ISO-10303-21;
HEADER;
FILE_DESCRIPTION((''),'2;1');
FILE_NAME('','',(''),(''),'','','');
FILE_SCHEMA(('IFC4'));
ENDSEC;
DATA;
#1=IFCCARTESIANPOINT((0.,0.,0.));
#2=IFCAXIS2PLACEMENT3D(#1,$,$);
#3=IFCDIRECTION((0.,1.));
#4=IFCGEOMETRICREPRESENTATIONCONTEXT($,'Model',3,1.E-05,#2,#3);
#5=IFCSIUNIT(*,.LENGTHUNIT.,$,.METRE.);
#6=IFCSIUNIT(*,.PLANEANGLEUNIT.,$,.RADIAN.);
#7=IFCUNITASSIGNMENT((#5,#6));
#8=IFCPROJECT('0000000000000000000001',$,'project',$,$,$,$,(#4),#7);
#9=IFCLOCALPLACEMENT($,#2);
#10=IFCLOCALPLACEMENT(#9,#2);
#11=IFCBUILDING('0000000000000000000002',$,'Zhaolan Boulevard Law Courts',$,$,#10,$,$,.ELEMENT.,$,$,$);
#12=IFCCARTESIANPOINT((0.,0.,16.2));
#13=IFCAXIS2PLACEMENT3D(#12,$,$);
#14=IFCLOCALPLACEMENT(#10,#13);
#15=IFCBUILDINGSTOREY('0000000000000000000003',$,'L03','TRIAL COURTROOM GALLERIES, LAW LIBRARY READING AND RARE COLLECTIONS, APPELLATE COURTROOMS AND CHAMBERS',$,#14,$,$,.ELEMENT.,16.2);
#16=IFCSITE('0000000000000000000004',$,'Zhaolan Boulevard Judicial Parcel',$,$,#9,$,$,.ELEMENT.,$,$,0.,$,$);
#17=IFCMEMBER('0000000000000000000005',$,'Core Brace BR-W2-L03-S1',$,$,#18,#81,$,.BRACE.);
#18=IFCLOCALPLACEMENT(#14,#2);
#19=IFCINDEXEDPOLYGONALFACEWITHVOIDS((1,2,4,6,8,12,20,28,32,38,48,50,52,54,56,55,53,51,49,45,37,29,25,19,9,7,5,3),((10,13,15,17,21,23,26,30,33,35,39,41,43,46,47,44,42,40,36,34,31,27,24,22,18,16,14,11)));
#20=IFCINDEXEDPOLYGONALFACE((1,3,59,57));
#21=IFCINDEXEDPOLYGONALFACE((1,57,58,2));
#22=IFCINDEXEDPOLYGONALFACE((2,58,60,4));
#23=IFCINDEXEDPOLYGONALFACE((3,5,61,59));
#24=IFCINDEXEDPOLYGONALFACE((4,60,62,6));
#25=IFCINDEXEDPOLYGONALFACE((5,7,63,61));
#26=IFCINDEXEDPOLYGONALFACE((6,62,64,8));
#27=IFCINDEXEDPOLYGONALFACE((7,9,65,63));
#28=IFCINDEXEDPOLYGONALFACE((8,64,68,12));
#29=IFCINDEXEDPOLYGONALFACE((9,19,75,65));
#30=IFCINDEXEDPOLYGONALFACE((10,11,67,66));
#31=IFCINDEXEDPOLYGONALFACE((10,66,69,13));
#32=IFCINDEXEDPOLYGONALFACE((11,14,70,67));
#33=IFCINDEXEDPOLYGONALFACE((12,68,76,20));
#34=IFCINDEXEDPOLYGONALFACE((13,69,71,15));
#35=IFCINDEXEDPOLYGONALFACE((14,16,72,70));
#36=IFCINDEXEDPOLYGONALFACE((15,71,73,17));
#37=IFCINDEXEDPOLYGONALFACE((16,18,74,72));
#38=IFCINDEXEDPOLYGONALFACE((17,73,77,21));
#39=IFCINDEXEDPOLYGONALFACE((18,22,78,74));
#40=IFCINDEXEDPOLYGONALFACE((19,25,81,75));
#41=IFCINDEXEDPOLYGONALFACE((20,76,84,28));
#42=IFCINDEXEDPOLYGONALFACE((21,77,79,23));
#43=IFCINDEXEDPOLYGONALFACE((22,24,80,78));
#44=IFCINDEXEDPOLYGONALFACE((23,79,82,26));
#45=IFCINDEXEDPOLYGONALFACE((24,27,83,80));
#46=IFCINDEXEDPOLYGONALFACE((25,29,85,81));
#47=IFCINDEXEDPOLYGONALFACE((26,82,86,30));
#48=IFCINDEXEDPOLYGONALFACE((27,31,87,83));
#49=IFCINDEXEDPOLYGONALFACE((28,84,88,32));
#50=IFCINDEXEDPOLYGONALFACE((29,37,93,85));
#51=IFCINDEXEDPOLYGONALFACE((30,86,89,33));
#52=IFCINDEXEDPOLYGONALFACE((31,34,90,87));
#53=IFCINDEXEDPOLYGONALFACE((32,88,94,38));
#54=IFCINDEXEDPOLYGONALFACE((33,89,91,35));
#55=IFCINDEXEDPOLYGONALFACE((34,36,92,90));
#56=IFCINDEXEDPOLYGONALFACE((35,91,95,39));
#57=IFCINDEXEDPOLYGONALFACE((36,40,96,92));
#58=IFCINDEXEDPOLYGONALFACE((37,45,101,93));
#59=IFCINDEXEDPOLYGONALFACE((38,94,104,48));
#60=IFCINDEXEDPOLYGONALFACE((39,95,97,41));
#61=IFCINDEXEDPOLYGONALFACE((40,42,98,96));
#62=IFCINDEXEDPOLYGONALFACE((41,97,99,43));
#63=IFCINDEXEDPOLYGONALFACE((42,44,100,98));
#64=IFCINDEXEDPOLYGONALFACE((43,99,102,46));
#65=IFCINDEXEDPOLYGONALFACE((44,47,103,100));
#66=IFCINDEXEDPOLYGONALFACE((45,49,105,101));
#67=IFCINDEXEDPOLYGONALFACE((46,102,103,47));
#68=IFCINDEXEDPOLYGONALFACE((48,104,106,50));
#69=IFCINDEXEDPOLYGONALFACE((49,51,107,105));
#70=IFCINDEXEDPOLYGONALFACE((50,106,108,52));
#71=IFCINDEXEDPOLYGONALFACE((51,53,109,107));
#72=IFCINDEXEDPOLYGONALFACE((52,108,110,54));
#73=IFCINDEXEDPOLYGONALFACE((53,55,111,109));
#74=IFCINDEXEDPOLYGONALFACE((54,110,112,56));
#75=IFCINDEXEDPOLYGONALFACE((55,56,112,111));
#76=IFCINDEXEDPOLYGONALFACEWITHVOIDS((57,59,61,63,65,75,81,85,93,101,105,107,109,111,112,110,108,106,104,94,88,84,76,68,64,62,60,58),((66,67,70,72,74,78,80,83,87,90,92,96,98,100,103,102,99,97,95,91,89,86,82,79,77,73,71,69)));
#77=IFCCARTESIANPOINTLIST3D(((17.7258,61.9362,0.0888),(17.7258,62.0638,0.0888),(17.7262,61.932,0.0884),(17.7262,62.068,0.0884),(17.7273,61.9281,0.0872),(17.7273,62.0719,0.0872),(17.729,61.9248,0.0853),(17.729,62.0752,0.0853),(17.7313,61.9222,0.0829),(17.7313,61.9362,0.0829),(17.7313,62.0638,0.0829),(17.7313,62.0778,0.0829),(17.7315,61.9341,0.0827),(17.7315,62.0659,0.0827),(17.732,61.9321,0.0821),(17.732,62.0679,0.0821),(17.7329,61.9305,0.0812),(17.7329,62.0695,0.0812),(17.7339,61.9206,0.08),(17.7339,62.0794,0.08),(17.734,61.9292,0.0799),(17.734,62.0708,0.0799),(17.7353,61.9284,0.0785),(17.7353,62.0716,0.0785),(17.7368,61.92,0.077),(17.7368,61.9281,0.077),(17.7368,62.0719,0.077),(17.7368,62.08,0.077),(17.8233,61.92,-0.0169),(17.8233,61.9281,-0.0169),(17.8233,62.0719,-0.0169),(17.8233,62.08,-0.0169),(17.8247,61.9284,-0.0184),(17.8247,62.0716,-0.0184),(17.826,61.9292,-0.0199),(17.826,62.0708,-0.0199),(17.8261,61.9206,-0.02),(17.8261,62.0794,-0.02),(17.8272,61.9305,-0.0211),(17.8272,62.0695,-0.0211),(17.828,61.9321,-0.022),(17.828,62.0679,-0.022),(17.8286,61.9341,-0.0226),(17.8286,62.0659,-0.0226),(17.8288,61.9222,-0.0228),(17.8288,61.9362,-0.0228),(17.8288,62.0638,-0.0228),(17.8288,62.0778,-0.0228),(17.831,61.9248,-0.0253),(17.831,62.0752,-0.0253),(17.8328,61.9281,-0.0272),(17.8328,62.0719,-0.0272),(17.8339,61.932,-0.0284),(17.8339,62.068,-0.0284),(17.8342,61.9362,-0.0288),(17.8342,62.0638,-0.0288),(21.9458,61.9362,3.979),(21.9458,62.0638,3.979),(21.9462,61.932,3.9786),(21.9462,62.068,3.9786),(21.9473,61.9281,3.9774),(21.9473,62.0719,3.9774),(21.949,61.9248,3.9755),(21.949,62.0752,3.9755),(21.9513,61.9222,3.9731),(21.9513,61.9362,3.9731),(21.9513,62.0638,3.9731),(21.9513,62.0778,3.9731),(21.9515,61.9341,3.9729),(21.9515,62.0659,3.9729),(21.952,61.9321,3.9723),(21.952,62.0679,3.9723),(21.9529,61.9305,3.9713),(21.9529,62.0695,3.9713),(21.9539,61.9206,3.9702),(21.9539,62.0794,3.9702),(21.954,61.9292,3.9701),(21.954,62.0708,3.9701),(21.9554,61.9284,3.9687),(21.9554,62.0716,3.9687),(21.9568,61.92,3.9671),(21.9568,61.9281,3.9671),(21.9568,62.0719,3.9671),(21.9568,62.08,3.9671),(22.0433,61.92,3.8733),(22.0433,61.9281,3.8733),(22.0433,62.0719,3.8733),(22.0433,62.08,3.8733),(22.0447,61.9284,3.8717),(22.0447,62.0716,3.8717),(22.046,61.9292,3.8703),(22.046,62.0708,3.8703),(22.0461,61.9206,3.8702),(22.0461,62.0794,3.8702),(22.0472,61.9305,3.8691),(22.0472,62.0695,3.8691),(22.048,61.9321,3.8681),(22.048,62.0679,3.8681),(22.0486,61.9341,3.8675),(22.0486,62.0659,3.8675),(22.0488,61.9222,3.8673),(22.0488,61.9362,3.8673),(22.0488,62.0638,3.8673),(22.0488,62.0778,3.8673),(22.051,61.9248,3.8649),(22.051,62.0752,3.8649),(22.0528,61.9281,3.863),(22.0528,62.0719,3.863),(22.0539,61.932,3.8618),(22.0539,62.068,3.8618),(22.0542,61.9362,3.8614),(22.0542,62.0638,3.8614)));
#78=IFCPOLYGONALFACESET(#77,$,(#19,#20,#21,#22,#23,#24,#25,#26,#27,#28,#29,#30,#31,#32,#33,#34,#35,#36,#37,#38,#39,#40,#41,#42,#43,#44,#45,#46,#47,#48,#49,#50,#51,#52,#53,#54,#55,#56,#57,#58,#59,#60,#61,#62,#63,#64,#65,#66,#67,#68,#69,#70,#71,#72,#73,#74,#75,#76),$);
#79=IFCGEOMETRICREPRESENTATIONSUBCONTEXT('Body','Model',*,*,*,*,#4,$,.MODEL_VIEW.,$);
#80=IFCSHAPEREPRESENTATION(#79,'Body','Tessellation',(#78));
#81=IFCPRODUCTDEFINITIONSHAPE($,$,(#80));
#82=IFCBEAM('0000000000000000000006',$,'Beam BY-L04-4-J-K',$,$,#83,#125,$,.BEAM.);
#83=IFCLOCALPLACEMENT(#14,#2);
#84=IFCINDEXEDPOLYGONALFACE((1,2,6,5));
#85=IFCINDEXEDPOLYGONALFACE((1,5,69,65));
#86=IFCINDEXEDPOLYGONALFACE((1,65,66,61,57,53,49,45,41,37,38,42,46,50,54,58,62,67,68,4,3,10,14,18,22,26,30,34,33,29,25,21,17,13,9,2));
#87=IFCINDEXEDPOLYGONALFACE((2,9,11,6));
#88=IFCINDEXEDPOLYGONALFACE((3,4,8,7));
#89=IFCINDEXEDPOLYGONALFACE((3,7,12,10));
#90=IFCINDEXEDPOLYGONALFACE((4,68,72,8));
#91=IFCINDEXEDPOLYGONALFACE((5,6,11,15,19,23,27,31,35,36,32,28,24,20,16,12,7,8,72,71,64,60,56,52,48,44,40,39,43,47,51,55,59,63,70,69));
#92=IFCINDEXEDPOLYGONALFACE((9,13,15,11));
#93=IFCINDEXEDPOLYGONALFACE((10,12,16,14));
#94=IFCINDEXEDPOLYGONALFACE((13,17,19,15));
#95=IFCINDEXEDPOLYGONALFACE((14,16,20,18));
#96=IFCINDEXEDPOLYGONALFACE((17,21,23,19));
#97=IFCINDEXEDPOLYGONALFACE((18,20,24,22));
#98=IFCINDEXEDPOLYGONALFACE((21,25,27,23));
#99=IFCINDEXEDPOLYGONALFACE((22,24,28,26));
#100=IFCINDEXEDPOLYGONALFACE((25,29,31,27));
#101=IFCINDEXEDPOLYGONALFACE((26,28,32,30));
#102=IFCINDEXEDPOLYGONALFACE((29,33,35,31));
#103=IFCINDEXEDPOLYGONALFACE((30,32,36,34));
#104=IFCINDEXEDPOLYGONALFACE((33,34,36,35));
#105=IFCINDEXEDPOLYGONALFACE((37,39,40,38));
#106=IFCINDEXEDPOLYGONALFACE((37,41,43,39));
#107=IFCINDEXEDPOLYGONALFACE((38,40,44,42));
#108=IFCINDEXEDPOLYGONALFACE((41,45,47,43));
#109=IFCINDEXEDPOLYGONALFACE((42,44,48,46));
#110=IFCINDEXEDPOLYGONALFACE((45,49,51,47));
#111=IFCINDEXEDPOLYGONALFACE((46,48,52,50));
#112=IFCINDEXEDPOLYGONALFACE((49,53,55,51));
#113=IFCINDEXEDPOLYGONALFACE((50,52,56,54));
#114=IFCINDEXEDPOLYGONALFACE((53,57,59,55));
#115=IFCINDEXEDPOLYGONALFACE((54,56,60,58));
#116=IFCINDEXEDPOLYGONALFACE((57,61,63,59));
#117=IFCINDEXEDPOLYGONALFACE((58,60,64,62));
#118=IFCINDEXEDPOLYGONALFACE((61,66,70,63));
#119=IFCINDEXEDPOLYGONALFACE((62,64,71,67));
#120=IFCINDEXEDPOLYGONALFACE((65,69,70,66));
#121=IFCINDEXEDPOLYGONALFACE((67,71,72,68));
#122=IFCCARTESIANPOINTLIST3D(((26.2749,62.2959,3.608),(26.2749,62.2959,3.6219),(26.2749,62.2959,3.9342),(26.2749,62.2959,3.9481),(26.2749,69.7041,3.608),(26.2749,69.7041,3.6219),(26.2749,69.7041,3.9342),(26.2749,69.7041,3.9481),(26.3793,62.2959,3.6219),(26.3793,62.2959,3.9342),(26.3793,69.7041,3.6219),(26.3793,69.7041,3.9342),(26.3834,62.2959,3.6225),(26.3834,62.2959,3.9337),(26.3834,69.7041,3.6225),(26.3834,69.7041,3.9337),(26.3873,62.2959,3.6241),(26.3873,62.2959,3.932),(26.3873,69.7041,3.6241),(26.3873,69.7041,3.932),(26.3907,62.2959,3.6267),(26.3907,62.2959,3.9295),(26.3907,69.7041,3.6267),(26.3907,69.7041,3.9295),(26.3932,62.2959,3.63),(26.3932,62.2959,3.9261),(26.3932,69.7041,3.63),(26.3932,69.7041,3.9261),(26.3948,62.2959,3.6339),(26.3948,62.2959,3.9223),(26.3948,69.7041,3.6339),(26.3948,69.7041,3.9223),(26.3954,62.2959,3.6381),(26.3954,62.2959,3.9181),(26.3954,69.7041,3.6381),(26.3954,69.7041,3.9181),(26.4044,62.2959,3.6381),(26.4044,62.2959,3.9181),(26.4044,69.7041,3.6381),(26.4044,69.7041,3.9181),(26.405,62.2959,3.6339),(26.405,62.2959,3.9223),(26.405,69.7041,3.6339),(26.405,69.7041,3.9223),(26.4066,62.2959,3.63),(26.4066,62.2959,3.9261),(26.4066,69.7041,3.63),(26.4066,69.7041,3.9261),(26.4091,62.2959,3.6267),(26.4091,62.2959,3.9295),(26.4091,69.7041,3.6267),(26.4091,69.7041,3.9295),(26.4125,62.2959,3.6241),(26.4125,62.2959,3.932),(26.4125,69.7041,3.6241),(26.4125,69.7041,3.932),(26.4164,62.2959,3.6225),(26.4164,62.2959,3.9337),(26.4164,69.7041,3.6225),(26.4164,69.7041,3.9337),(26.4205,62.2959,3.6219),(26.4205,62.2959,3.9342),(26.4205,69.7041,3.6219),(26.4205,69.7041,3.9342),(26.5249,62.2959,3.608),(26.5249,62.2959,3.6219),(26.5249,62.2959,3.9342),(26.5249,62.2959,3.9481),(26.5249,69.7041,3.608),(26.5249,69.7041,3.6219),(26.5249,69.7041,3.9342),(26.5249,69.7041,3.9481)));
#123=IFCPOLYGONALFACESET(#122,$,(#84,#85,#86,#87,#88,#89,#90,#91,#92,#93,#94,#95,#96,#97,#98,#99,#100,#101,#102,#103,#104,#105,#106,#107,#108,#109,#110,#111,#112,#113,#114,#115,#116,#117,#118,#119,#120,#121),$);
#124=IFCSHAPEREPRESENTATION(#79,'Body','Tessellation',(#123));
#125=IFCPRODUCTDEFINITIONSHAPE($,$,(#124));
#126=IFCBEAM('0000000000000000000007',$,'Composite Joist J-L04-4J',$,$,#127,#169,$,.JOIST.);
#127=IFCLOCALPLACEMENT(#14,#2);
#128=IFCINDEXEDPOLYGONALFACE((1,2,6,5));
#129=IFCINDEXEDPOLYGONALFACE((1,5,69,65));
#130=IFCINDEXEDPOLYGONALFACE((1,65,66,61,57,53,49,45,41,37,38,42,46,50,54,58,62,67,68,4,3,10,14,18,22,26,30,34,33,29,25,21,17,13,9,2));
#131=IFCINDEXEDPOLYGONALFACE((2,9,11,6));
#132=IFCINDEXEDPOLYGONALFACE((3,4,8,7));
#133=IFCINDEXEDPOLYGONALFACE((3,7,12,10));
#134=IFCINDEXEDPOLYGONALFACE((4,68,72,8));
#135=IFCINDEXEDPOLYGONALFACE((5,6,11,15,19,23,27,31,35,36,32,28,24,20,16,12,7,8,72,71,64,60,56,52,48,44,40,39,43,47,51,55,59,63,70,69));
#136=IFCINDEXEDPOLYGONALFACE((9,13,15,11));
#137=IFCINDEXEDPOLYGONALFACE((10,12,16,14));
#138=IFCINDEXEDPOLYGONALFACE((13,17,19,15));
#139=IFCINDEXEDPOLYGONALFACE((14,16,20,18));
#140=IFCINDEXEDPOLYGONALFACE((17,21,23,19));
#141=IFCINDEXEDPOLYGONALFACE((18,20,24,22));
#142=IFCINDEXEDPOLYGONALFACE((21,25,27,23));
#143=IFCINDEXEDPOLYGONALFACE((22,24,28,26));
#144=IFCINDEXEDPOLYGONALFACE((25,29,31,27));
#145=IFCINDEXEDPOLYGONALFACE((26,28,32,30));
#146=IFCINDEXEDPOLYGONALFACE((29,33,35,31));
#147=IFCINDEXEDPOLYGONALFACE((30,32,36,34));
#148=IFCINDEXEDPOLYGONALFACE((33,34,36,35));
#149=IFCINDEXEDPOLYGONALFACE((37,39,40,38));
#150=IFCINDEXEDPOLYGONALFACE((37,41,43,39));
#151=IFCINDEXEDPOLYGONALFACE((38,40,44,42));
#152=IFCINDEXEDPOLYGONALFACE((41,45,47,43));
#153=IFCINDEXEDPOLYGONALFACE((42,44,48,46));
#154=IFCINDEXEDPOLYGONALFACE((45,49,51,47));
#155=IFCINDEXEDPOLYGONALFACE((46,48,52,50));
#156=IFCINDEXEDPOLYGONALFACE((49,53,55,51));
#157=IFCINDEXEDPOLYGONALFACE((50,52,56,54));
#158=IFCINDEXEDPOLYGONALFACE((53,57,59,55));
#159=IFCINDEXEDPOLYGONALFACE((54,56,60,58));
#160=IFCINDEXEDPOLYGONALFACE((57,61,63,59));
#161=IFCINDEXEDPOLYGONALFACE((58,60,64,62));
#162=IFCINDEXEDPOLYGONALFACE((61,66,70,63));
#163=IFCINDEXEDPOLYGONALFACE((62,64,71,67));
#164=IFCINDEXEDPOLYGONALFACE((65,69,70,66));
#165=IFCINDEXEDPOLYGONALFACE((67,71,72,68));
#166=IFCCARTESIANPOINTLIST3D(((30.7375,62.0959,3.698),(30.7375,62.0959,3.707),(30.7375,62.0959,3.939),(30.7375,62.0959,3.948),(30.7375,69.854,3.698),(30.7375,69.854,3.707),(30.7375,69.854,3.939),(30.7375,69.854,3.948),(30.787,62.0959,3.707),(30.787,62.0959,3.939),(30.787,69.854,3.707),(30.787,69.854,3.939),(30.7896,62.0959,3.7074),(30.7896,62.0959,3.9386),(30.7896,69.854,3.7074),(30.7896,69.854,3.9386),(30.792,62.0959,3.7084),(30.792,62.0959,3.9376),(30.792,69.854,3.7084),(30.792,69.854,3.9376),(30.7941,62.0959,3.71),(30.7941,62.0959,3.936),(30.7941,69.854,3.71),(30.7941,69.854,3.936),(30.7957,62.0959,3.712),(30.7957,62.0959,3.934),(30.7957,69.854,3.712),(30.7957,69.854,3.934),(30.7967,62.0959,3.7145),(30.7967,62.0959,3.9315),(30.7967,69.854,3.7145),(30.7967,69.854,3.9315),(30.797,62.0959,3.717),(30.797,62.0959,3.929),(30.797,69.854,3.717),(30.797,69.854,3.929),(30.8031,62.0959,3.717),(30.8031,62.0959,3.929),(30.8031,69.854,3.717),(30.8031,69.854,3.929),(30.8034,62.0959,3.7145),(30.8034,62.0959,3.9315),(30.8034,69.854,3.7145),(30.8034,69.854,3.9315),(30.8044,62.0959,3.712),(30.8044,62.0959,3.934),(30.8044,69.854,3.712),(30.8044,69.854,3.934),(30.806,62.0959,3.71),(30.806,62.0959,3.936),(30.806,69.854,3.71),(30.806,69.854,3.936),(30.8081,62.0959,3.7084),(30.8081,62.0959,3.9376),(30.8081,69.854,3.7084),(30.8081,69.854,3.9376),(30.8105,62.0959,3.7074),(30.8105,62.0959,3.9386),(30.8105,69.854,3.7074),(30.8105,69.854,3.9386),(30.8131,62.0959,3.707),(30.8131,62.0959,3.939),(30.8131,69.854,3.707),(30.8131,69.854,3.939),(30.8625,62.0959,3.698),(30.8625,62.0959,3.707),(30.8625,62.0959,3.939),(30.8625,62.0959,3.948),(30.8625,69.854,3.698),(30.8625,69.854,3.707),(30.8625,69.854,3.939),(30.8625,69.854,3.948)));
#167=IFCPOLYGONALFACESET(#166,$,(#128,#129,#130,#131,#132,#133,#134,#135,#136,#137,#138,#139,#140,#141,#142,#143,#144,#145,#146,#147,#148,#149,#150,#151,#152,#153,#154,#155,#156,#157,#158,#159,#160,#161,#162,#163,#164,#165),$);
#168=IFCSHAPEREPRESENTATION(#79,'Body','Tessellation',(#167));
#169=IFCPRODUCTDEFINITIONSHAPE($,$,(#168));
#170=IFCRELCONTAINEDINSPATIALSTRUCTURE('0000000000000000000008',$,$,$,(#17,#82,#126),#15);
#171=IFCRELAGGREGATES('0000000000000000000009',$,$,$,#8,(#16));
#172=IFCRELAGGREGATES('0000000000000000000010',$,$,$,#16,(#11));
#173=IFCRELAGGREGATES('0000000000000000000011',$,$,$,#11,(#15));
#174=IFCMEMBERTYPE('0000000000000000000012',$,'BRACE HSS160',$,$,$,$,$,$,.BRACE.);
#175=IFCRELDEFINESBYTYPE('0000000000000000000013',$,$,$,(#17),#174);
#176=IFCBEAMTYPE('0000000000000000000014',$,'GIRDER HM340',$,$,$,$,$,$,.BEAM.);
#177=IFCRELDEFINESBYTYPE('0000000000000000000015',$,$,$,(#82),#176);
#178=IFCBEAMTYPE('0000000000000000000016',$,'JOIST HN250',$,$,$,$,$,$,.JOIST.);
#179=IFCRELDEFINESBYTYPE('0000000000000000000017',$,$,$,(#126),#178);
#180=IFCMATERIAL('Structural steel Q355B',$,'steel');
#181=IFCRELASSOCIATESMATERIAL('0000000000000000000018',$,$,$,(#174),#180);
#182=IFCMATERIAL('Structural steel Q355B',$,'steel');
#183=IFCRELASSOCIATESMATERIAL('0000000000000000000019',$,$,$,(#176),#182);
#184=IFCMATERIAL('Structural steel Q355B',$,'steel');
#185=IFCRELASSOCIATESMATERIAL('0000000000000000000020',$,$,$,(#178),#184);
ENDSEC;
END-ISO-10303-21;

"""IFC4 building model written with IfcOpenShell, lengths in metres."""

from ifc_helpers import new_model, si_unit, direction, frame, origin, origin_2d, place, context, subcontext, project, spatial, hollow_rectangle, i_section, extrude, material, material_profile, profile_set, type_object, element, save


model = new_model("IFC4")

# Units and contexts
model_context = context("Model", 3, precision=1e-05, world=origin(), true_north=direction((0.0, 1.0)))
body_context = subcontext(model_context, "Body", "Model", "MODEL_VIEW")
ifc_project = project(units=[si_unit("LENGTHUNIT", "METRE"), si_unit("PLANEANGLEUNIT", "RADIAN")], contexts=[model_context])

# Site, building, storey
site_placement = place(None, origin())
site = spatial("IfcSite", under=ifc_project, at=site_placement, Name="Zhaolan Boulevard Judicial Parcel", CompositionType="ELEMENT", RefElevation=0.0)
building_placement = place(site_placement, origin())
building = spatial("IfcBuilding", under=site, at=building_placement, Name="Zhaolan Boulevard Law Courts", CompositionType="ELEMENT")
storey_placement = place(building_placement, frame((0.0, 0.0, 16.2)))
storey = spatial("IfcBuildingStorey", under=building, at=storey_placement, Name="L03", Description="TRIAL COURTROOM GALLERIES, LAW LIBRARY READING AND RARE COLLECTIONS, APPELLATE COURTROOMS AND CHAMBERS", CompositionType="ELEMENT", Elevation=16.2)

# Member
ifc_material_1 = material(Name="Structural steel Q355B", Category="steel")
ifc_material_profile_1 = material_profile(ifc_material_1, hollow_rectangle(XDim=0.1599, YDim=0.1599, WallThickness=0.0081, InnerFilletRadius=0.0081, OuterFilletRadius=0.0161, at=origin_2d()), Name="HSS160x160x8")
ifc_profile_set_1 = profile_set([ifc_material_profile_1], Name="Structural steel Q355B")
member_type_1 = type_object("IfcMemberType", Name="BRACE HSS160", PredefinedType="BRACE", material=ifc_profile_set_1)
member_1_placement = place(storey_placement, frame((17.78, 62.0, 0.03), z_axis=(0.735257, 0.0, 0.677789), x_axis=(0.0, 1.0, 0.0)))
element("IfcMember", 1, at=member_1_placement, inside=storey, type_object=member_type_1, Name="Core Brace BR-W2-L03-S1", PredefinedType="BRACE", context=body_context, shape_type="SweptSolid", body=[
    extrude(hollow_rectangle(XDim=0.1599, YDim=0.1599, WallThickness=0.0081, InnerFilletRadius=0.0081, OuterFilletRadius=0.0161, at=origin_2d()), origin(), (0.0, 0.0, 1.0), 5.7395),
])

# Beams
ifc_material_2 = material(Name="Structural steel Q355B", Category="steel")
ifc_material_profile_2 = material_profile(ifc_material_2, i_section(OverallWidth=0.25, OverallDepth=0.3401, WebThickness=0.009, FlangeThickness=0.0139, FilletRadius=0.0161, at=origin_2d()), Name="HM340x250")
ifc_profile_set_2 = profile_set([ifc_material_profile_2], Name="Structural steel Q355B")
beam_type_1 = type_object("IfcBeamType", Name="GIRDER HM340", PredefinedType="BEAM", material=ifc_profile_set_2)
beam_1_placement = place(storey_placement, frame((26.3999, 62.2959, 3.7781), z_axis=(0.0, 1.0, 0.0), x_axis=(-1.0, 0.0, 0.0)))
element("IfcBeam", 2, at=beam_1_placement, inside=storey, type_object=beam_type_1, Name="Beam BY-L04-4-J-K", PredefinedType="BEAM", context=body_context, shape_type="SweptSolid", body=[
    extrude(i_section(OverallWidth=0.25, OverallDepth=0.3401, WebThickness=0.009, FlangeThickness=0.0139, FilletRadius=0.0161, at=origin_2d()), origin(), (0.0, 0.0, 1.0), 7.4082),
])
ifc_material_3 = material(Name="Structural steel Q355B", Category="steel")
ifc_material_profile_3 = material_profile(ifc_material_3, i_section(OverallWidth=0.125, OverallDepth=0.25, WebThickness=0.0061, FlangeThickness=0.009, FilletRadius=0.01, at=origin_2d()), Name="HN250x125")
ifc_profile_set_3 = profile_set([ifc_material_profile_3], Name="Structural steel Q355B")
beam_type_2 = type_object("IfcBeamType", Name="JOIST HN250", PredefinedType="JOIST", material=ifc_profile_set_3)
beam_2_placement = place(storey_placement, frame((30.8, 62.0959, 3.823), z_axis=(0.0, 1.0, 0.0), x_axis=(-1.0, 0.0, 0.0)))
element("IfcBeam", 3, at=beam_2_placement, inside=storey, type_object=beam_type_2, Name="Composite Joist J-L04-4J", PredefinedType="JOIST", context=body_context, shape_type="SweptSolid", body=[
    extrude(i_section(OverallWidth=0.125, OverallDepth=0.25, WebThickness=0.0061, FlangeThickness=0.009, FilletRadius=0.01, at=origin_2d()), origin(), (0.0, 0.0, 1.0), 7.7581),
])

save(model, "model.ifc")
